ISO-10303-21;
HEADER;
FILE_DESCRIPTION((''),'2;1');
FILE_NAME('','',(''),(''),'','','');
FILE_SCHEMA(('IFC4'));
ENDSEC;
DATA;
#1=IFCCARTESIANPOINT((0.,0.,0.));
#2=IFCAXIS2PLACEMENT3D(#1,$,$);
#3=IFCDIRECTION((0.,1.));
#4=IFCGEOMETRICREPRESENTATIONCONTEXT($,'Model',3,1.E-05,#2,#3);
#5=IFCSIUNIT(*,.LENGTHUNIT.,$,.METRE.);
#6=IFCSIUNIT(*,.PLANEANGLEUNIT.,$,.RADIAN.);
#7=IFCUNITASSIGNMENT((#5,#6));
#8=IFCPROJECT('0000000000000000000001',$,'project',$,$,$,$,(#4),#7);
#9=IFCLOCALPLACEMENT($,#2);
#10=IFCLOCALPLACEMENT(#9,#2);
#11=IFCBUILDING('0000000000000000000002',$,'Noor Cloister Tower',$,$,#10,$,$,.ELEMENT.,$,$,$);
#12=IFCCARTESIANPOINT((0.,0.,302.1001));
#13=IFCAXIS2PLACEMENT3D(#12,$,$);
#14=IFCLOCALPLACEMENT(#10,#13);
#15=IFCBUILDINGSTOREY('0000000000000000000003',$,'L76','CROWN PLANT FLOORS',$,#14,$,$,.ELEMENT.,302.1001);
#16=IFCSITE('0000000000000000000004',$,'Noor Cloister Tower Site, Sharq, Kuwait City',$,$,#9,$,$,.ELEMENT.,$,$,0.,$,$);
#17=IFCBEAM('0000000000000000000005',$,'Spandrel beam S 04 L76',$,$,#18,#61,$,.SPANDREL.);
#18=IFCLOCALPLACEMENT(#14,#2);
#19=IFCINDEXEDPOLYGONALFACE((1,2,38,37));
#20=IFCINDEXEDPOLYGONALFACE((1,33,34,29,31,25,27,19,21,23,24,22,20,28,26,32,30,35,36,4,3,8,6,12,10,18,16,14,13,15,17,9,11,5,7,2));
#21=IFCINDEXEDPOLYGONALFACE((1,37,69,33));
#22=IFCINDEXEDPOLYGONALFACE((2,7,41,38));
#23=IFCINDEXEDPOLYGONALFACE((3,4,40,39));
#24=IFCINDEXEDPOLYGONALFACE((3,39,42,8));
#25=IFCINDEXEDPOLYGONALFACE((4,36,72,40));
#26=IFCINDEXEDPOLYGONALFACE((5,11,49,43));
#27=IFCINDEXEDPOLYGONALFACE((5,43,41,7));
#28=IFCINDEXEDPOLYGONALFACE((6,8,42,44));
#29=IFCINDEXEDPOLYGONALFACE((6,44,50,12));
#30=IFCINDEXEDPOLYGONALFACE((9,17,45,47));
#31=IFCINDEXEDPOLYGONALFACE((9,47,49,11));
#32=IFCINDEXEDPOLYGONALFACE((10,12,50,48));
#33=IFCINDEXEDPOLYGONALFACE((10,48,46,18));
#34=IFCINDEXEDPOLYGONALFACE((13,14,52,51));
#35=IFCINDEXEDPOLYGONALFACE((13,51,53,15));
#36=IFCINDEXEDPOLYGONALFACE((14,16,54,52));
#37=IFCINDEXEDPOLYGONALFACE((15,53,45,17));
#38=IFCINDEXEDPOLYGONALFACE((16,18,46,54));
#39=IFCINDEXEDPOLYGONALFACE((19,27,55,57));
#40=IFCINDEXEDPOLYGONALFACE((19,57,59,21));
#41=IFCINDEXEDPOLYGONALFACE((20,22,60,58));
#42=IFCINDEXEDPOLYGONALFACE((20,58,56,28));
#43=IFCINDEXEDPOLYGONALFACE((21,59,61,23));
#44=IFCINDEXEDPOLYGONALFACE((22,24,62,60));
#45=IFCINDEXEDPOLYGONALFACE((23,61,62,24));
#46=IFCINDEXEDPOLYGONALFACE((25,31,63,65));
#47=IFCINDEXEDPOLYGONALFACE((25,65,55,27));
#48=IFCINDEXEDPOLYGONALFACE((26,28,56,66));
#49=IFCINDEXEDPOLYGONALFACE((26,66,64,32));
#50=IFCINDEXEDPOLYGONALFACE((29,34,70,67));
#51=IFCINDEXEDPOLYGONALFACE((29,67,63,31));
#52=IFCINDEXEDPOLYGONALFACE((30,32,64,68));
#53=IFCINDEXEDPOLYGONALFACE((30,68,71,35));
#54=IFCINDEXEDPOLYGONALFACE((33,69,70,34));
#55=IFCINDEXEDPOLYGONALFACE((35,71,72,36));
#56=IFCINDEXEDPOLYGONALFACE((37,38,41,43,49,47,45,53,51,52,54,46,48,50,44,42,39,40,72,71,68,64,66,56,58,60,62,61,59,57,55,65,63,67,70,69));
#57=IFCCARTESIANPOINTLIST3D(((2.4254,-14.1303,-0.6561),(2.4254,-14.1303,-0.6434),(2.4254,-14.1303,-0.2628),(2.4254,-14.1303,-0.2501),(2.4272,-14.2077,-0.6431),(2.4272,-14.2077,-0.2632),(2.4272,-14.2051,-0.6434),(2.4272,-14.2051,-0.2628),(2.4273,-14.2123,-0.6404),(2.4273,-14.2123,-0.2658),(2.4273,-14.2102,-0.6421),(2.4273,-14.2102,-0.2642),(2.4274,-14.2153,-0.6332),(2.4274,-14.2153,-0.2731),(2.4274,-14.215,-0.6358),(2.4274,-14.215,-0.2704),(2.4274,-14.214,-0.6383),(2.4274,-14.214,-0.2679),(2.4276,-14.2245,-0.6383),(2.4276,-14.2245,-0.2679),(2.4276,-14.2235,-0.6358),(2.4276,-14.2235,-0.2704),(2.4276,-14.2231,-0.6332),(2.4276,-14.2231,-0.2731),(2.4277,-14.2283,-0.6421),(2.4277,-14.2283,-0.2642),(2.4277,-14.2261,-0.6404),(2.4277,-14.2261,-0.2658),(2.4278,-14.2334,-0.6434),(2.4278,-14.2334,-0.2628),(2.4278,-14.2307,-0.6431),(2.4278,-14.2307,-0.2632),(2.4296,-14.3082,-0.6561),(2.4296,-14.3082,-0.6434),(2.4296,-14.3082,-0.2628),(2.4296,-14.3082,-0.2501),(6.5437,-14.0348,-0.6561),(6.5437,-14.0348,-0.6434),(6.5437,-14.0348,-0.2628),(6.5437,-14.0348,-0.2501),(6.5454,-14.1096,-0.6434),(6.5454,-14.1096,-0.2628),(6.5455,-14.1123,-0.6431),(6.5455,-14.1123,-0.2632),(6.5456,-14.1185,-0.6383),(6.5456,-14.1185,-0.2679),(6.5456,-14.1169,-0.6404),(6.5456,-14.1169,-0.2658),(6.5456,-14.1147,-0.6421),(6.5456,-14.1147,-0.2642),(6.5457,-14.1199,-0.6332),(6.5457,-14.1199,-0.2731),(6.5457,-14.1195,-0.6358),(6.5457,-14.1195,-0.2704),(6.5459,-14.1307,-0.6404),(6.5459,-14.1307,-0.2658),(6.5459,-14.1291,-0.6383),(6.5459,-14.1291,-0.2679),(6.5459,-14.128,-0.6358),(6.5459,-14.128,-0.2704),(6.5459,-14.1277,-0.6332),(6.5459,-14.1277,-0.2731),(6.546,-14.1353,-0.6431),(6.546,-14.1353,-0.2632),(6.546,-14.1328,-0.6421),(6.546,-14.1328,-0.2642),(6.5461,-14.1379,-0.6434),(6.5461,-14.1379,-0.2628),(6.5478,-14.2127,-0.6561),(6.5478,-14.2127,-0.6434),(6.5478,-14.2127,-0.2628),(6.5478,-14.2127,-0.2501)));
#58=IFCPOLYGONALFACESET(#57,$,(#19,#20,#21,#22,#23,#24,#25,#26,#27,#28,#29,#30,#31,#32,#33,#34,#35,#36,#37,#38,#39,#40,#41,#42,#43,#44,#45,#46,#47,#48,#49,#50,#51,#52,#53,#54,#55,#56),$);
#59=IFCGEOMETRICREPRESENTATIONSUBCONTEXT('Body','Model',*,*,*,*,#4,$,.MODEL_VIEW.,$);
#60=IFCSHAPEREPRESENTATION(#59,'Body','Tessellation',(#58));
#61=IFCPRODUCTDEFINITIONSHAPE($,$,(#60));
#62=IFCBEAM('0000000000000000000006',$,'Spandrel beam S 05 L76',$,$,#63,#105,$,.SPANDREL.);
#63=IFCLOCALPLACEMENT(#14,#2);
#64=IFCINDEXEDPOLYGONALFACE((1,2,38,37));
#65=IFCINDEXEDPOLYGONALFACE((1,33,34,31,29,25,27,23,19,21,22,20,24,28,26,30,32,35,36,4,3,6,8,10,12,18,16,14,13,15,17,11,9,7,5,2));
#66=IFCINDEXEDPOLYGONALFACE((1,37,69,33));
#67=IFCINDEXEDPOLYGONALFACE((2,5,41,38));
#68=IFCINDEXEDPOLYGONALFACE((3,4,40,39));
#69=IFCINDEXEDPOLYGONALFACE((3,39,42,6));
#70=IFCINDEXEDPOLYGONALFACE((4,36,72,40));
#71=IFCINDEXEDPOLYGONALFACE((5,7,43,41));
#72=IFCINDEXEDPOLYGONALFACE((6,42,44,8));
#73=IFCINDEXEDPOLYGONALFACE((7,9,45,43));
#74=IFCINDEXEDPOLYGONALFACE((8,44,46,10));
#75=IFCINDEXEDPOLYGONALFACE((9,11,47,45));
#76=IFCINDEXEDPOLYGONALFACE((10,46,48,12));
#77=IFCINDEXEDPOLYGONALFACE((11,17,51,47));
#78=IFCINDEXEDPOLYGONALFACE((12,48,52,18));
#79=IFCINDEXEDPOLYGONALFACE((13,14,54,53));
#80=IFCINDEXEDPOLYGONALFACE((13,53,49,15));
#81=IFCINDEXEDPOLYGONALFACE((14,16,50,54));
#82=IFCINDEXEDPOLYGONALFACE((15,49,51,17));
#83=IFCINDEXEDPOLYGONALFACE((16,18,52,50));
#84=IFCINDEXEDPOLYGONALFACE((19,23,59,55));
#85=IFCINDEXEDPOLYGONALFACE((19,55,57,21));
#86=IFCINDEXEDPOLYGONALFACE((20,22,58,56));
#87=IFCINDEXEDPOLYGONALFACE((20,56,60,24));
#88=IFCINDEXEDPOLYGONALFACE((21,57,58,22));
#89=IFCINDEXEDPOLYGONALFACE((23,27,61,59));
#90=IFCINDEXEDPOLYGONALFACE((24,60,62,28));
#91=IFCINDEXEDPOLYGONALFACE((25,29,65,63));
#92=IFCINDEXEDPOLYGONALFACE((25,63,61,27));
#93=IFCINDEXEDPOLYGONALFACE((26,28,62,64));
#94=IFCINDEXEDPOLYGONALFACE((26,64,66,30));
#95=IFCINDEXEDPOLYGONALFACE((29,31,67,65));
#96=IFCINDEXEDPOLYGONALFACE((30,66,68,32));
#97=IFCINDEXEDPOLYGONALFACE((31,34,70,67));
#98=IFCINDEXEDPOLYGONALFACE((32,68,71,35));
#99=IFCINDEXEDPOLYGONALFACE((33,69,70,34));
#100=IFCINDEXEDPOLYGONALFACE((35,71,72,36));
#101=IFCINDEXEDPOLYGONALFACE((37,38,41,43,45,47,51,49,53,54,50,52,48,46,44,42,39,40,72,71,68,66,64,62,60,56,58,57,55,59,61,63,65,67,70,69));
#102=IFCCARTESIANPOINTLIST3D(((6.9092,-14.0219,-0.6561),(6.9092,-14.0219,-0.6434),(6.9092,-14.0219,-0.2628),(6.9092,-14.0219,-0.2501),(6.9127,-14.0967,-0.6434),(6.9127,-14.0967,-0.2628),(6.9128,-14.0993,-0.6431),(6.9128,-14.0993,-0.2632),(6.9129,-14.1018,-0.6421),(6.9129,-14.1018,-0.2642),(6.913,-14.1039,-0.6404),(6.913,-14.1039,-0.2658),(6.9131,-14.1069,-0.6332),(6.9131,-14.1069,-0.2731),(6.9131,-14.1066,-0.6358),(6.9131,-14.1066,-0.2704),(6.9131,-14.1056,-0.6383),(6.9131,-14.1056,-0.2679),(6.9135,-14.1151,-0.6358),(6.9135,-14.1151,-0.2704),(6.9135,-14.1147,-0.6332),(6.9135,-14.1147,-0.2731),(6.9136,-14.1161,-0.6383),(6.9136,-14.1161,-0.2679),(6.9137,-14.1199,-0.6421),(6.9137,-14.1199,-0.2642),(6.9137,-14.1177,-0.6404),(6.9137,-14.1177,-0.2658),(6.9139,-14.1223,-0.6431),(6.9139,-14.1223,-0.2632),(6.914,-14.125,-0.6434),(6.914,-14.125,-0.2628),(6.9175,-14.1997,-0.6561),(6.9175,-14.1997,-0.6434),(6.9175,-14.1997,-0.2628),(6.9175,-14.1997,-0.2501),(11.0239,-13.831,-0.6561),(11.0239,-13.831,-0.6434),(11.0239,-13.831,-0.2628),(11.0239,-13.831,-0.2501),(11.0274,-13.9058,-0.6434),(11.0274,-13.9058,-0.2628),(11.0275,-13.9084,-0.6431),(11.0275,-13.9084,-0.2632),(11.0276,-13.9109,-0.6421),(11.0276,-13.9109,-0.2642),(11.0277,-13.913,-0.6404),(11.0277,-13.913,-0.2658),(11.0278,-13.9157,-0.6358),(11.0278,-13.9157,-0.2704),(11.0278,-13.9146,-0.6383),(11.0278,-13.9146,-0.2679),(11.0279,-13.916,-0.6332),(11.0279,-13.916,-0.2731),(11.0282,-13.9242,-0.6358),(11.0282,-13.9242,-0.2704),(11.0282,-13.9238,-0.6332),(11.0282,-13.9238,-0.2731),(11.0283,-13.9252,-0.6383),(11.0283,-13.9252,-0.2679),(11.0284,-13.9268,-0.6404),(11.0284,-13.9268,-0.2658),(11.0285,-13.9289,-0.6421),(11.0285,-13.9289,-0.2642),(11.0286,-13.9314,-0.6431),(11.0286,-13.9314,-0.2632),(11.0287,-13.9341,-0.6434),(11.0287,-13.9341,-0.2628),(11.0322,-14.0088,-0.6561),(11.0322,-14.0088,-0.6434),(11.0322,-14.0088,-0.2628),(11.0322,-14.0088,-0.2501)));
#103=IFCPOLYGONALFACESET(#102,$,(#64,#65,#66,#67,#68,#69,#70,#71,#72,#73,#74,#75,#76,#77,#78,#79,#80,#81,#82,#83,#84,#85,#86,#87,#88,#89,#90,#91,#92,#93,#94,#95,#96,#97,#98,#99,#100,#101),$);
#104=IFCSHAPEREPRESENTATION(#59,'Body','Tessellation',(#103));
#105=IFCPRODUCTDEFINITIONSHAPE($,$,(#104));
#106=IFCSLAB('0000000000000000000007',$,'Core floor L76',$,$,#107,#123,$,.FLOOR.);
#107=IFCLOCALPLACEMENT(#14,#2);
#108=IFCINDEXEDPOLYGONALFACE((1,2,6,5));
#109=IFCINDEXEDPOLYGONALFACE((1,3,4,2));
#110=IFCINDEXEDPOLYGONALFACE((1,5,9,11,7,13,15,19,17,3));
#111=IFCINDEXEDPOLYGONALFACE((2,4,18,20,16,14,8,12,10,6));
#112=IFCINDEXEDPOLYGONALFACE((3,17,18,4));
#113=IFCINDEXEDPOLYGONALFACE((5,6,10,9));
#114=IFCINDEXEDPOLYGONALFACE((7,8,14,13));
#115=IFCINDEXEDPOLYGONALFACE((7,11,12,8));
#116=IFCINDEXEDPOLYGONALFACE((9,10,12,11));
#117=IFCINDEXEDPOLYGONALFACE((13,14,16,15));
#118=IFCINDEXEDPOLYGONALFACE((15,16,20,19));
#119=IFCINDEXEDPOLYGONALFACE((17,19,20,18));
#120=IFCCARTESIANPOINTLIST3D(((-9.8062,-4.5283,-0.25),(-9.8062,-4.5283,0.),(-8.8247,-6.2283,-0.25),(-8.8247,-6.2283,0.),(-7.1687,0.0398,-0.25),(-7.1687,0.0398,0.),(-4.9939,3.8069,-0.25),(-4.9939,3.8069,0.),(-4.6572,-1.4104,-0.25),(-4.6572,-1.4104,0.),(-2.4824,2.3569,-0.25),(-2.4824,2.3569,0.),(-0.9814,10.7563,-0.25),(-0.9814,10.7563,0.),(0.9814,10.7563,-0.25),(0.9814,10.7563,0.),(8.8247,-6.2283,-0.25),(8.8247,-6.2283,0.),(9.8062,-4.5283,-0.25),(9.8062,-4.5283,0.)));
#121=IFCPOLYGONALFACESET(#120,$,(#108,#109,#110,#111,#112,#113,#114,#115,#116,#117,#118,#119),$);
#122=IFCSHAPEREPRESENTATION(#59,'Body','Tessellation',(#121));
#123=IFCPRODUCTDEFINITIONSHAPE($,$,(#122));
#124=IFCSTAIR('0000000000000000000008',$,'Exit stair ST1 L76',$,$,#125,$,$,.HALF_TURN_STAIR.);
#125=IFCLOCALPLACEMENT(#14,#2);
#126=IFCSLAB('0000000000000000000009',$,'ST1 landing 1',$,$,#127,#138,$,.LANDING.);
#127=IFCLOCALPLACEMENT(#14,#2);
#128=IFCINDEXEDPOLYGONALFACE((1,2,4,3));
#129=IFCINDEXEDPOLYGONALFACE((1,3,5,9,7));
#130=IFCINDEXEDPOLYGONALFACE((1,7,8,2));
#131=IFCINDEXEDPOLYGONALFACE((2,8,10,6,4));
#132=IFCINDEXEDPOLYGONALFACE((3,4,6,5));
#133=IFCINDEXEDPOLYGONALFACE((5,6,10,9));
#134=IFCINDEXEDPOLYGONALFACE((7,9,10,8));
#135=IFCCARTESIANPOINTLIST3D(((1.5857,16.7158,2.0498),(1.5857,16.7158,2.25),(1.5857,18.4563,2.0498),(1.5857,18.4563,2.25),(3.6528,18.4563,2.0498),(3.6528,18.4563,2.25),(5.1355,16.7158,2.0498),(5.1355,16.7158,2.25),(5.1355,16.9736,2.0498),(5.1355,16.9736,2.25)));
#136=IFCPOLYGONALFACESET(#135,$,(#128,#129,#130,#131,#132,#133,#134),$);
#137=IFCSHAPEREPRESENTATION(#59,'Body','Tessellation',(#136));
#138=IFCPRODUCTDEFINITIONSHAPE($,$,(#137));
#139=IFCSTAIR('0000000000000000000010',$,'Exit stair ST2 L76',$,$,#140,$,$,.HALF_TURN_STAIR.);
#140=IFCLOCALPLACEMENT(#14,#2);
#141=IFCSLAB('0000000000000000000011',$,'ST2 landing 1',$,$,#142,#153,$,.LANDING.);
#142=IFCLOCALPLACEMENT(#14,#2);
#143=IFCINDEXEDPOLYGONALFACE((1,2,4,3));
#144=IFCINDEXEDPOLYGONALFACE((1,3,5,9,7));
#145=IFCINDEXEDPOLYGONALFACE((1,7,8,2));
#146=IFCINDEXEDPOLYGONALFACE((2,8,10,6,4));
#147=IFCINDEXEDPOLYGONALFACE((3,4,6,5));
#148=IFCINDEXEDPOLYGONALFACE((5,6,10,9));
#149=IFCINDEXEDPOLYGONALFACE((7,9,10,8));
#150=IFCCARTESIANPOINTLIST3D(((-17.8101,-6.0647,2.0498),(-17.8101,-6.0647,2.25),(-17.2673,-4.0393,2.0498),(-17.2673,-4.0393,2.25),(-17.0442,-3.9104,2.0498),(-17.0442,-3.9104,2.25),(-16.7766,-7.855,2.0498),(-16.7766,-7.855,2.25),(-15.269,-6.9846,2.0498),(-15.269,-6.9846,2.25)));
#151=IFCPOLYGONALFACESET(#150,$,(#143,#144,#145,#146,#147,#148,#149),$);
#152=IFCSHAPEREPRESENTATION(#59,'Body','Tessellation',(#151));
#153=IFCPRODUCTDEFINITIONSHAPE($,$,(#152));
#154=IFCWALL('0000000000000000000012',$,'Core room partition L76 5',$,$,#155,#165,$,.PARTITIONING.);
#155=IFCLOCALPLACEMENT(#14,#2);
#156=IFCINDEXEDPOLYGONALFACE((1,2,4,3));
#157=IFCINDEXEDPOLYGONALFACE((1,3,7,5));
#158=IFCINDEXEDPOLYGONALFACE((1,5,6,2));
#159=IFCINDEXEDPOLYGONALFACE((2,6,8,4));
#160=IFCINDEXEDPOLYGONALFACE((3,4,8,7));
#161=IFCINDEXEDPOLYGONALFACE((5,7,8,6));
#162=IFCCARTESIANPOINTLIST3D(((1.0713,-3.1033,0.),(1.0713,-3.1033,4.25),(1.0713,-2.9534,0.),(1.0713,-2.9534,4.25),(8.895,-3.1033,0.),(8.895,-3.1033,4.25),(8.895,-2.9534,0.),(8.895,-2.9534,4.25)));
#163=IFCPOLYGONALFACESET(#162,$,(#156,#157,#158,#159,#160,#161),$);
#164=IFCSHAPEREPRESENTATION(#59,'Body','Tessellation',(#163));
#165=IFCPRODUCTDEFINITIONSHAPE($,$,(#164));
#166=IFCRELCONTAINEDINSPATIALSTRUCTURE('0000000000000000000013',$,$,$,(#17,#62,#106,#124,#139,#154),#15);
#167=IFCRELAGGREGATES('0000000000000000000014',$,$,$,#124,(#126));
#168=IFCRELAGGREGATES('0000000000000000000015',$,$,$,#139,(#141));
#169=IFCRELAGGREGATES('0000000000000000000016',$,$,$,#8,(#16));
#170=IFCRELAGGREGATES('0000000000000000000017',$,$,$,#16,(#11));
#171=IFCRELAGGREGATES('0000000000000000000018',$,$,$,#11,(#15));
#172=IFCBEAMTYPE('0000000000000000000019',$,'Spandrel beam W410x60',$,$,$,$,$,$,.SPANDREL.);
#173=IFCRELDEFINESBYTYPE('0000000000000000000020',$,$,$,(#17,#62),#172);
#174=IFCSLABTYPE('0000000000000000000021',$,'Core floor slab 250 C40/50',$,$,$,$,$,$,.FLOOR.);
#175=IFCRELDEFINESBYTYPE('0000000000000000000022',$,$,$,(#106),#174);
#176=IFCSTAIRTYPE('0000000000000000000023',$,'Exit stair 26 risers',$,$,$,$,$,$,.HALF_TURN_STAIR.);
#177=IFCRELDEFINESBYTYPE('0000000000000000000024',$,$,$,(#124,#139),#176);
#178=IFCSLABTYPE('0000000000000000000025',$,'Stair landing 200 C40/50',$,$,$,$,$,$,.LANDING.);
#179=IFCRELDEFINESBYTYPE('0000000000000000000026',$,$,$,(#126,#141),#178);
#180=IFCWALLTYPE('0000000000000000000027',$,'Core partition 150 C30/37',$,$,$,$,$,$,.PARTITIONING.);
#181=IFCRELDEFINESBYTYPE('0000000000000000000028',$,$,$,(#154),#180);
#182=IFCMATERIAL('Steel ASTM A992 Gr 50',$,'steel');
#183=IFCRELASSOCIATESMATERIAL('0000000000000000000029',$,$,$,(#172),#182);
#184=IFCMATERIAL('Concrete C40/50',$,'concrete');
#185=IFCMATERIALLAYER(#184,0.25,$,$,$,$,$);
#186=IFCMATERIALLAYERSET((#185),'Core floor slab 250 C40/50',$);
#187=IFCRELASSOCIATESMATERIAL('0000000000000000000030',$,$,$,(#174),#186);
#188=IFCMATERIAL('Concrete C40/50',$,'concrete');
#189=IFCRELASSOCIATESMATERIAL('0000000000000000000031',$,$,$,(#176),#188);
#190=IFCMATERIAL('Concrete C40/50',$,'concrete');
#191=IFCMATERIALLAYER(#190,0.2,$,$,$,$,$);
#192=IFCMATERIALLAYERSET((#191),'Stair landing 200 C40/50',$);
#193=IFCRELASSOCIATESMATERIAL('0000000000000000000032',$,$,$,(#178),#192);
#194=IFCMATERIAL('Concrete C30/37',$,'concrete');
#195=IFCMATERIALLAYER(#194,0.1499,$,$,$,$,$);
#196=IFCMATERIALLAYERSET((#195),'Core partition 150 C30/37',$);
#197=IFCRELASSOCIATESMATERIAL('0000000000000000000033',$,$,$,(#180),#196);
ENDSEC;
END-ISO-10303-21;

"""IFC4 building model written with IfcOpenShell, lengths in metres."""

from ifc_helpers import new_model, si_unit, direction, frame, frame_2d, origin, origin_2d, place, context, subcontext, project, spatial, polyline, rectangle, i_section, outline, extrude, material, layer, layer_set, material_profile, profile_set, type_object, element, aggregate, save


model = new_model("IFC4")

# Units and contexts
model_context = context("Model", 3, precision=1e-05, world=origin(), true_north=direction((0.0, 1.0)))
body_context = subcontext(model_context, "Body", "Model", "MODEL_VIEW")
ifc_project = project(units=[si_unit("LENGTHUNIT", "METRE"), si_unit("PLANEANGLEUNIT", "RADIAN")], contexts=[model_context])

# Site, building, storey
site_placement = place(None, origin())
site = spatial("IfcSite", under=ifc_project, at=site_placement, Name="Noor Cloister Tower Site, Sharq, Kuwait City", CompositionType="ELEMENT", RefElevation=0.0)
building_placement = place(site_placement, origin())
building = spatial("IfcBuilding", under=site, at=building_placement, Name="Noor Cloister Tower", CompositionType="ELEMENT")
storey_placement = place(building_placement, frame((0.0, 0.0, 302.1001)))
storey = spatial("IfcBuildingStorey", under=building, at=storey_placement, Name="L76", Description="CROWN PLANT FLOORS", CompositionType="ELEMENT", Elevation=302.1001)

# Beams
ifc_material_1 = material(Name="Steel ASTM A992 Gr 50", Category="steel")
ifc_material_profile_1 = material_profile(ifc_material_1, i_section(OverallWidth=0.178, OverallDepth=0.406, WebThickness=0.0078, FlangeThickness=0.0127, FilletRadius=0.0103, at=origin_2d()), Name="W410x60")
ifc_profile_set_1 = profile_set([ifc_material_profile_1], Name="Steel ASTM A992 Gr 50")
beam_type_1 = type_object("IfcBeamType", Name="Spandrel beam W410x60", PredefinedType="SPANDREL", material=ifc_profile_set_1)
beam_1_placement = place(storey_placement, frame((2.4275, -14.2192, -0.4531), z_axis=(0.999731, 0.023174, 0.0), x_axis=(-0.023174, 0.999731, 0.0)))
element("IfcBeam", 1, at=beam_1_placement, inside=storey, type_object=beam_type_1, Name="Spandrel beam S 04 L76", PredefinedType="SPANDREL", context=body_context, shape_type="SweptSolid", body=[
    extrude(i_section(OverallWidth=0.178, OverallDepth=0.406, WebThickness=0.0078, FlangeThickness=0.0127, FilletRadius=0.0103, at=origin_2d()), origin(), (0.0, 0.0, 1.0), 4.1194),
])
beam_2_placement = place(storey_placement, frame((6.9133, -14.1108, -0.4531), z_axis=(0.998925, 0.046349, 0.0), x_axis=(-0.046349, 0.998925, 0.0)))
element("IfcBeam", 2, at=beam_2_placement, inside=storey, type_object=beam_type_1, Name="Spandrel beam S 05 L76", PredefinedType="SPANDREL", context=body_context, shape_type="SweptSolid", body=[
    extrude(i_section(OverallWidth=0.178, OverallDepth=0.406, WebThickness=0.0078, FlangeThickness=0.0127, FilletRadius=0.0103, at=origin_2d()), origin(), (0.0, 0.0, 1.0), 4.1191),
])

# Slab
ifc_material_2 = material(Name="Concrete C40/50", Category="concrete")
ifc_layer_1 = layer(ifc_material_2, 0.25)
ifc_layer_set_1 = layer_set([ifc_layer_1], Name="Core floor slab 250 C40/50")
slab_type_1 = type_object("IfcSlabType", Name="Core floor slab 250 C40/50", PredefinedType="FLOOR", material=ifc_layer_set_1)
slab_1_placement = place(storey_placement, frame((0.0, 0.0, -0.25)))
element("IfcSlab", 3, at=slab_1_placement, inside=storey, type_object=slab_type_1, Name="Core floor L76", PredefinedType="FLOOR", context=body_context, shape_type="SweptSolid", body=[
    extrude(outline(polyline([(-4.9939, 3.8069), (-2.4824, 2.3569), (-4.6572, -1.4104), (-7.1687, 0.0398), (-9.8062, -4.5283), (-8.8247, -6.2283), (8.8247, -6.2283), (9.8062, -4.5283), (0.9814, 10.7563), (-0.9814, 10.7563), (-4.9939, 3.8069)])), origin(), (0.0, 0.0, 1.0), 0.25),
])

# Stairs, slabs
ifc_material_3 = material(Name="Concrete C40/50", Category="concrete")
stair_type = type_object("IfcStairType", Name="Exit stair 26 risers", PredefinedType="HALF_TURN_STAIR", material=ifc_material_3)
stair_1_placement = place(storey_placement, origin())
stair_1 = element("IfcStair", 4, at=stair_1_placement, inside=storey, type_object=stair_type, Name="Exit stair ST1 L76", PredefinedType="HALF_TURN_STAIR")
ifc_material_4 = material(Name="Concrete C40/50", Category="concrete")
ifc_layer_2 = layer(ifc_material_4, 0.2)
ifc_layer_set_2 = layer_set([ifc_layer_2], Name="Stair landing 200 C40/50")
slab_type_2 = type_object("IfcSlabType", Name="Stair landing 200 C40/50", PredefinedType="LANDING", material=ifc_layer_set_2)
slab_2_placement = place(storey_placement, frame((0.0, 0.0, 2.0498)))
slab_2 = element("IfcSlab", 5, at=slab_2_placement, type_object=slab_type_2, Name="ST1 landing 1", PredefinedType="LANDING", context=body_context, shape_type="SweptSolid", body=[
    extrude(outline(polyline([(5.1355, 16.7158), (5.1355, 16.9736), (3.6528, 18.4563), (1.5857, 18.4563), (1.5857, 16.7158), (5.1355, 16.7158)])), origin(), (0.0, 0.0, 1.0), 0.2002),
])
aggregate(stair_1, [slab_2])
stair_2_placement = place(storey_placement, origin())
stair_2 = element("IfcStair", 6, at=stair_2_placement, inside=storey, type_object=stair_type, Name="Exit stair ST2 L76", PredefinedType="HALF_TURN_STAIR")
slab_3_placement = place(storey_placement, frame((0.0, 0.0, 2.0498)))
slab_3 = element("IfcSlab", 7, at=slab_3_placement, type_object=slab_type_2, Name="ST2 landing 1", PredefinedType="LANDING", context=body_context, shape_type="SweptSolid", body=[
    extrude(outline(polyline([(-17.0442, -3.9104), (-17.2673, -4.0393), (-17.8101, -6.0647), (-16.7766, -7.855), (-15.269, -6.9846), (-17.0442, -3.9104)])), origin(), (0.0, 0.0, 1.0), 0.2002),
])
aggregate(stair_2, [slab_3])

# Wall
ifc_material_5 = material(Name="Concrete C30/37", Category="concrete")
ifc_layer_3 = layer(ifc_material_5, 0.1499)
ifc_layer_set_3 = layer_set([ifc_layer_3], Name="Core partition 150 C30/37")
wall_type_1 = type_object("IfcWallType", Name="Core partition 150 C30/37", PredefinedType="PARTITIONING", material=ifc_layer_set_3)
wall_1_placement = place(storey_placement, frame((1.0713, -3.0283, 0.0), z_axis=(0.0, 0.0, 1.0), x_axis=(1.0, 0.0, 0.0)))
element("IfcWall", 8, at=wall_1_placement, inside=storey, type_object=wall_type_1, Name="Core room partition L76 5", PredefinedType="PARTITIONING", context=body_context, shape_type="SweptSolid", body=[
    extrude(rectangle(XDim=7.8237, YDim=0.1499, at=frame_2d((3.9119, 0.0))), origin(), (0.0, 0.0, 1.0), 4.25),
])

save(model, "model.ifc")
